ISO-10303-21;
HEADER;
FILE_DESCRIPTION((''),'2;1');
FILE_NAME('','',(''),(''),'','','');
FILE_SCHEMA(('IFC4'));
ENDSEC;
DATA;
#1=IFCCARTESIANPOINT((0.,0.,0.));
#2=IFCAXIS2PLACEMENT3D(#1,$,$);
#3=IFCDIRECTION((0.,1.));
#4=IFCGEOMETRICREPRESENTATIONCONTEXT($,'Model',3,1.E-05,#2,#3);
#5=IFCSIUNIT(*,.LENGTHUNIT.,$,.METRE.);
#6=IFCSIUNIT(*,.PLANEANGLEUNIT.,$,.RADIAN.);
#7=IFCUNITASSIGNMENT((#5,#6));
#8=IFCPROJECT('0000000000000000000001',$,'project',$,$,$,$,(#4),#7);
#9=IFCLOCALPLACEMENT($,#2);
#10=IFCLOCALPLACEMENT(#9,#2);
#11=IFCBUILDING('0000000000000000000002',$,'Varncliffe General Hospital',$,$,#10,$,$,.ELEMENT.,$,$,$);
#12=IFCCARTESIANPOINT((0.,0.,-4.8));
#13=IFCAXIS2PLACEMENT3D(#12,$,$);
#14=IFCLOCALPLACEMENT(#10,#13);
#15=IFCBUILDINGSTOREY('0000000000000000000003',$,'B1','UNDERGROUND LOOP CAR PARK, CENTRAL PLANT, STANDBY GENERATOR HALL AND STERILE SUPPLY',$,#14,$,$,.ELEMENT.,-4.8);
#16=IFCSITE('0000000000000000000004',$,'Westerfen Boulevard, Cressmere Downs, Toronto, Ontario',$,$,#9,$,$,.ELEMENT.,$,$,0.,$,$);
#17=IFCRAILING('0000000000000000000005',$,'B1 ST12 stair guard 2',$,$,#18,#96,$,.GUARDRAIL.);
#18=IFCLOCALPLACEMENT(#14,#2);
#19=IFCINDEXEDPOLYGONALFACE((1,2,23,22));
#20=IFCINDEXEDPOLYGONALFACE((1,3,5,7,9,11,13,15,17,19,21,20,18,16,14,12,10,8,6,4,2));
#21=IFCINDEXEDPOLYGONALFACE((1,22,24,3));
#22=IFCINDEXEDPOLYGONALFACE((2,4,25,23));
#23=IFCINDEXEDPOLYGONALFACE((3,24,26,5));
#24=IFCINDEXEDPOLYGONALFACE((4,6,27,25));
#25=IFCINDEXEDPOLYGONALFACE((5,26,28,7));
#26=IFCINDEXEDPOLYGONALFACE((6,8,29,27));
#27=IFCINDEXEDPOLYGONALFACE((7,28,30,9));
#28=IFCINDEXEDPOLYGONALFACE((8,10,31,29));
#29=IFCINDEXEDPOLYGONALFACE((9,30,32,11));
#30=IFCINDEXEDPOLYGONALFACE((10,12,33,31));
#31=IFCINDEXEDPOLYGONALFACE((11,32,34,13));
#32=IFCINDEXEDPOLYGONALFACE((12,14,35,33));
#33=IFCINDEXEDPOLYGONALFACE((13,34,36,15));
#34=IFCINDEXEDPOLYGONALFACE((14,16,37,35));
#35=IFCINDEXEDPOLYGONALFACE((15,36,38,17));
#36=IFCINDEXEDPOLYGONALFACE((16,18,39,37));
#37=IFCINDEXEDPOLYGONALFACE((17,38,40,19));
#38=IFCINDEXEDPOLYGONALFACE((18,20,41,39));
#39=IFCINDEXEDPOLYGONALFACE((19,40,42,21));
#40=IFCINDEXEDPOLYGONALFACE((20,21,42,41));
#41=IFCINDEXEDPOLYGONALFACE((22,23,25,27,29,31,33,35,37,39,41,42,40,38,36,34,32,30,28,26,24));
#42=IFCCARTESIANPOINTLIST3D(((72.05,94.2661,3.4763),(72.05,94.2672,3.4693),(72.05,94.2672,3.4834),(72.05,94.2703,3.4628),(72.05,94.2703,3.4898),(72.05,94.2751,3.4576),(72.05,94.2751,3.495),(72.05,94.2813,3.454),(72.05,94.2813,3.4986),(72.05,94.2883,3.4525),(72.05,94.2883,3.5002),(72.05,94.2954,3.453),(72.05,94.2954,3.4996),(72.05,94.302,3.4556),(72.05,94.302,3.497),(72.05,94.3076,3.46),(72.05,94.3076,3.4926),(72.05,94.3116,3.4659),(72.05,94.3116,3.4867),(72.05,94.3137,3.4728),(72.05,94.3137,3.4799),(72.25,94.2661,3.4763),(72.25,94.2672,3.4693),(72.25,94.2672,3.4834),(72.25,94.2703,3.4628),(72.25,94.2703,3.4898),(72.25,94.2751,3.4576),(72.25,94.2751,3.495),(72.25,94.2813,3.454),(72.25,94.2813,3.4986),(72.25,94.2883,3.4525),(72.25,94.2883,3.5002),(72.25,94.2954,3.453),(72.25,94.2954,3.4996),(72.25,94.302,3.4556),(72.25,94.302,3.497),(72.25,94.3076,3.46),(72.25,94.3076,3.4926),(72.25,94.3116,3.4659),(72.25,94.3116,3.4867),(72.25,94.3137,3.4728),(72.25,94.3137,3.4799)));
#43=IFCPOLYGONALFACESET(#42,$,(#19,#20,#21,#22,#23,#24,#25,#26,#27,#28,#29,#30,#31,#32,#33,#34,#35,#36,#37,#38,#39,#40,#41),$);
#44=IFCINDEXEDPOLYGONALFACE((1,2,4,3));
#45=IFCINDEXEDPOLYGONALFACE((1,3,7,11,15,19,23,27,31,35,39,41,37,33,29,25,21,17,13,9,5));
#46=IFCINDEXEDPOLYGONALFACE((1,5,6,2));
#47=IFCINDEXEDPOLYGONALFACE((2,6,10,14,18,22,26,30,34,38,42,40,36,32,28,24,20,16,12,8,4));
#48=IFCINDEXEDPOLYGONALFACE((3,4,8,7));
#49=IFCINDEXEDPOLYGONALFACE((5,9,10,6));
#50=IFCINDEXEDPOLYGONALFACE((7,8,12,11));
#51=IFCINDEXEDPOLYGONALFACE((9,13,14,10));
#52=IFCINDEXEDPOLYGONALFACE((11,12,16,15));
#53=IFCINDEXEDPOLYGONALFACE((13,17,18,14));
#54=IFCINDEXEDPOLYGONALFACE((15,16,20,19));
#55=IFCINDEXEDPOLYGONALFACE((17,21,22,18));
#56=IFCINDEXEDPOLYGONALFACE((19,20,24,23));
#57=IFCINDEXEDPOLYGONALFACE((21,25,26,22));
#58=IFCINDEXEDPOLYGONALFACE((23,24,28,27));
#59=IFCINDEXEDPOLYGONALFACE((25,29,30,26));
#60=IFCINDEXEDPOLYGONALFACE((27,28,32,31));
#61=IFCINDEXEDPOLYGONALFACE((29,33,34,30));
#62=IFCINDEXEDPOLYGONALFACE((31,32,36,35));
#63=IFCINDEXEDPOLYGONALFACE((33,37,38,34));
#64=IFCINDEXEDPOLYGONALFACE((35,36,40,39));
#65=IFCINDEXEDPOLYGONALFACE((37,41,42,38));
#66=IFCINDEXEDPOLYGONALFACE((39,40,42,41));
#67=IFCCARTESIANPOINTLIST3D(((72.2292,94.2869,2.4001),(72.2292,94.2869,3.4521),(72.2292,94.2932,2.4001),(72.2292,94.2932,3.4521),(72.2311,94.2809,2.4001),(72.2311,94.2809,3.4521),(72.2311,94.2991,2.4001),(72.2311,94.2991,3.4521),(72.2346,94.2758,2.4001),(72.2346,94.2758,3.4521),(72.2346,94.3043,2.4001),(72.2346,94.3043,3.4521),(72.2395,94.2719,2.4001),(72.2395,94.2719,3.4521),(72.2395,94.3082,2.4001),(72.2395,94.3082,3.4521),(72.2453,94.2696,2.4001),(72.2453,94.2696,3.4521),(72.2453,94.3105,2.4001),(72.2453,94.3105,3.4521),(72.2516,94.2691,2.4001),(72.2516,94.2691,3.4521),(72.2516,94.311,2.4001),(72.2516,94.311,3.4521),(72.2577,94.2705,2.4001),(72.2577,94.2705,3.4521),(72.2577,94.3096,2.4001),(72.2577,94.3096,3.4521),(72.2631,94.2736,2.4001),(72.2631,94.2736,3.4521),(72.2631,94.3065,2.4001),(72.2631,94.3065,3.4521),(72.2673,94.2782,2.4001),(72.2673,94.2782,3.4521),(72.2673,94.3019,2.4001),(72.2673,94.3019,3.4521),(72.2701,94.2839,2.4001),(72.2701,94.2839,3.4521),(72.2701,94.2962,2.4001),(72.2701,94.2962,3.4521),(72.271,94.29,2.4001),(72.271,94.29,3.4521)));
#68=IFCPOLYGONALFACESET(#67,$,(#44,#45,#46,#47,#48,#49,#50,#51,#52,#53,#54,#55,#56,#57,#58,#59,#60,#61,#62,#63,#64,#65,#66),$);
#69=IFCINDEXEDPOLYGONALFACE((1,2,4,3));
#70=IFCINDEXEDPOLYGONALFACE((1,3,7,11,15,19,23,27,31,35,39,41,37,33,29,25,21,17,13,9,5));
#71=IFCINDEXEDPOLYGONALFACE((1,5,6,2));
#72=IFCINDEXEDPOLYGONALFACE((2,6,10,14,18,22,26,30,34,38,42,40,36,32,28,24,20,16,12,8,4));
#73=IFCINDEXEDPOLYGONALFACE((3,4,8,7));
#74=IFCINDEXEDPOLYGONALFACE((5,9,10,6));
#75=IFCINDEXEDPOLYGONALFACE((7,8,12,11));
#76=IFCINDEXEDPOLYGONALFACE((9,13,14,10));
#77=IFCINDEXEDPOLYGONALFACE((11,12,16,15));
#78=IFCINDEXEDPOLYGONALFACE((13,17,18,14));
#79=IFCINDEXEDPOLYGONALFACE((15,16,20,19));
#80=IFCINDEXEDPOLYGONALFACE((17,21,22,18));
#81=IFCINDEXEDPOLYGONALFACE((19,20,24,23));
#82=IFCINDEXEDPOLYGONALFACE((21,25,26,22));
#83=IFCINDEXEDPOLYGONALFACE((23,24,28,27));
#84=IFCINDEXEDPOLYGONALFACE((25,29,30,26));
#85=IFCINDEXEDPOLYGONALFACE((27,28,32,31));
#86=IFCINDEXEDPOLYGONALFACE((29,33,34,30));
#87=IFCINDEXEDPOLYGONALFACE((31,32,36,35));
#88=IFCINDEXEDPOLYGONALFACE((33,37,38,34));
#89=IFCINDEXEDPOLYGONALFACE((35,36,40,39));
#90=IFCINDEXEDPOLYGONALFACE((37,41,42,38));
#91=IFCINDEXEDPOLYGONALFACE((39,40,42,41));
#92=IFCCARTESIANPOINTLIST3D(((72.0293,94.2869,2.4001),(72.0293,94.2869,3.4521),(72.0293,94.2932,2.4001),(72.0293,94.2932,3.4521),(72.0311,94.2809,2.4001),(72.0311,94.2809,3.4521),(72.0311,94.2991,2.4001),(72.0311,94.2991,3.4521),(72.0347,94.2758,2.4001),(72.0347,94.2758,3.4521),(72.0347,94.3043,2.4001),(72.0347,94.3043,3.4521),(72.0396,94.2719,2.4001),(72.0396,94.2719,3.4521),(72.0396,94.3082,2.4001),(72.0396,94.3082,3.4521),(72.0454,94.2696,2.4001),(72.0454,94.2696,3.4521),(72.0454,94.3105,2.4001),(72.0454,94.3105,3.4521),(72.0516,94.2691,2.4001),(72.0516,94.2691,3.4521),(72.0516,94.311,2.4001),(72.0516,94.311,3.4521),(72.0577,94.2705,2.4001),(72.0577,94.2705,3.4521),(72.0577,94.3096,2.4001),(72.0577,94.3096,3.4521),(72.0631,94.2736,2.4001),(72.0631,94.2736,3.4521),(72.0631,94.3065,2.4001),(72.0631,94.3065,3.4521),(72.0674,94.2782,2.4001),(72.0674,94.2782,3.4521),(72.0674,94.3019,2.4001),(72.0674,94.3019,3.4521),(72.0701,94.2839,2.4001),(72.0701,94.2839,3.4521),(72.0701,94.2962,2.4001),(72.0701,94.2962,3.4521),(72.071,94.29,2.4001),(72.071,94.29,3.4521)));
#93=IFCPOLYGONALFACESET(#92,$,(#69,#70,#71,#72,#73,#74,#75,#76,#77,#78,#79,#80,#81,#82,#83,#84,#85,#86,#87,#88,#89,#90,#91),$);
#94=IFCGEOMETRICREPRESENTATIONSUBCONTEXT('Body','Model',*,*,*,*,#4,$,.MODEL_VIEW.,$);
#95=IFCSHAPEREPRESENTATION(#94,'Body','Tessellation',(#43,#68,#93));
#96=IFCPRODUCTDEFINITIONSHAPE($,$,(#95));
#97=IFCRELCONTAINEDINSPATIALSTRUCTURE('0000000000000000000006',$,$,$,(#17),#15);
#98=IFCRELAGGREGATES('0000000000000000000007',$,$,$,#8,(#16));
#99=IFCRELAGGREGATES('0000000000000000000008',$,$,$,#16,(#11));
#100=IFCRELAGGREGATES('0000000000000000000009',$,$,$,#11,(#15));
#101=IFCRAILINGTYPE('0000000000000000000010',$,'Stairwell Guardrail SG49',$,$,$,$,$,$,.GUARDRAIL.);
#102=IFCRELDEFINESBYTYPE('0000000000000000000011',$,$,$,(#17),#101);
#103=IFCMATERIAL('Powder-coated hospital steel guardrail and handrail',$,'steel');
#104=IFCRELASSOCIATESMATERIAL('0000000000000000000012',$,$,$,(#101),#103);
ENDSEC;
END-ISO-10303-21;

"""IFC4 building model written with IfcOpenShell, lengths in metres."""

from ifc_helpers import new_model, si_unit, direction, frame, origin, origin_2d, place, context, subcontext, project, spatial, circle, extrude, material, type_object, element, save


model = new_model("IFC4")

# Units and contexts
model_context = context("Model", 3, precision=1e-05, world=origin(), true_north=direction((0.0, 1.0)))
body_context = subcontext(model_context, "Body", "Model", "MODEL_VIEW")
ifc_project = project(units=[si_unit("LENGTHUNIT", "METRE"), si_unit("PLANEANGLEUNIT", "RADIAN")], contexts=[model_context])

# Site, building, storey
site_placement = place(None, origin())
site = spatial("IfcSite", under=ifc_project, at=site_placement, Name="Westerfen Boulevard, Cressmere Downs, Toronto, Ontario", CompositionType="ELEMENT", RefElevation=0.0)
building_placement = place(site_placement, origin())
building = spatial("IfcBuilding", under=site, at=building_placement, Name="Varncliffe General Hospital", CompositionType="ELEMENT")
storey_placement = place(building_placement, frame((0.0, 0.0, -4.8)))
storey = spatial("IfcBuildingStorey", under=building, at=storey_placement, Name="B1", Description="UNDERGROUND LOOP CAR PARK, CENTRAL PLANT, STANDBY GENERATOR HALL AND STERILE SUPPLY", CompositionType="ELEMENT", Elevation=-4.8)

# Railing
ifc_material_1 = material(Name="Powder-coated hospital steel guardrail and handrail", Category="steel")
railing_type_1 = type_object("IfcRailingType", Name="Stairwell Guardrail SG49", PredefinedType="GUARDRAIL", material=ifc_material_1)
railing_1_placement = place(storey_placement, frame((72.25, 94.29, 2.4001)))
element("IfcRailing", 1, at=railing_1_placement, inside=storey, type_object=railing_type_1, Name="B1 ST12 stair guard 2", PredefinedType="GUARDRAIL", context=body_context, shape_type="SweptSolid", body=[
    extrude(circle(Radius=0.0239, at=origin_2d()), frame((0.0, 0.0, 1.0762), z_axis=(-1.0, 0.0, 0.0), x_axis=(0.0, -1.0, 0.0)), (0.0, 0.0, 1.0), 0.2),
    extrude(circle(Radius=0.021, at=origin_2d()), origin(), (0.0, 0.0, 1.0), 1.052),
    extrude(circle(Radius=0.021, at=origin_2d()), frame((-0.2, 0.0, 0.0)), (0.0, 0.0, 1.0), 1.052),
])

save(model, "model.ifc")
